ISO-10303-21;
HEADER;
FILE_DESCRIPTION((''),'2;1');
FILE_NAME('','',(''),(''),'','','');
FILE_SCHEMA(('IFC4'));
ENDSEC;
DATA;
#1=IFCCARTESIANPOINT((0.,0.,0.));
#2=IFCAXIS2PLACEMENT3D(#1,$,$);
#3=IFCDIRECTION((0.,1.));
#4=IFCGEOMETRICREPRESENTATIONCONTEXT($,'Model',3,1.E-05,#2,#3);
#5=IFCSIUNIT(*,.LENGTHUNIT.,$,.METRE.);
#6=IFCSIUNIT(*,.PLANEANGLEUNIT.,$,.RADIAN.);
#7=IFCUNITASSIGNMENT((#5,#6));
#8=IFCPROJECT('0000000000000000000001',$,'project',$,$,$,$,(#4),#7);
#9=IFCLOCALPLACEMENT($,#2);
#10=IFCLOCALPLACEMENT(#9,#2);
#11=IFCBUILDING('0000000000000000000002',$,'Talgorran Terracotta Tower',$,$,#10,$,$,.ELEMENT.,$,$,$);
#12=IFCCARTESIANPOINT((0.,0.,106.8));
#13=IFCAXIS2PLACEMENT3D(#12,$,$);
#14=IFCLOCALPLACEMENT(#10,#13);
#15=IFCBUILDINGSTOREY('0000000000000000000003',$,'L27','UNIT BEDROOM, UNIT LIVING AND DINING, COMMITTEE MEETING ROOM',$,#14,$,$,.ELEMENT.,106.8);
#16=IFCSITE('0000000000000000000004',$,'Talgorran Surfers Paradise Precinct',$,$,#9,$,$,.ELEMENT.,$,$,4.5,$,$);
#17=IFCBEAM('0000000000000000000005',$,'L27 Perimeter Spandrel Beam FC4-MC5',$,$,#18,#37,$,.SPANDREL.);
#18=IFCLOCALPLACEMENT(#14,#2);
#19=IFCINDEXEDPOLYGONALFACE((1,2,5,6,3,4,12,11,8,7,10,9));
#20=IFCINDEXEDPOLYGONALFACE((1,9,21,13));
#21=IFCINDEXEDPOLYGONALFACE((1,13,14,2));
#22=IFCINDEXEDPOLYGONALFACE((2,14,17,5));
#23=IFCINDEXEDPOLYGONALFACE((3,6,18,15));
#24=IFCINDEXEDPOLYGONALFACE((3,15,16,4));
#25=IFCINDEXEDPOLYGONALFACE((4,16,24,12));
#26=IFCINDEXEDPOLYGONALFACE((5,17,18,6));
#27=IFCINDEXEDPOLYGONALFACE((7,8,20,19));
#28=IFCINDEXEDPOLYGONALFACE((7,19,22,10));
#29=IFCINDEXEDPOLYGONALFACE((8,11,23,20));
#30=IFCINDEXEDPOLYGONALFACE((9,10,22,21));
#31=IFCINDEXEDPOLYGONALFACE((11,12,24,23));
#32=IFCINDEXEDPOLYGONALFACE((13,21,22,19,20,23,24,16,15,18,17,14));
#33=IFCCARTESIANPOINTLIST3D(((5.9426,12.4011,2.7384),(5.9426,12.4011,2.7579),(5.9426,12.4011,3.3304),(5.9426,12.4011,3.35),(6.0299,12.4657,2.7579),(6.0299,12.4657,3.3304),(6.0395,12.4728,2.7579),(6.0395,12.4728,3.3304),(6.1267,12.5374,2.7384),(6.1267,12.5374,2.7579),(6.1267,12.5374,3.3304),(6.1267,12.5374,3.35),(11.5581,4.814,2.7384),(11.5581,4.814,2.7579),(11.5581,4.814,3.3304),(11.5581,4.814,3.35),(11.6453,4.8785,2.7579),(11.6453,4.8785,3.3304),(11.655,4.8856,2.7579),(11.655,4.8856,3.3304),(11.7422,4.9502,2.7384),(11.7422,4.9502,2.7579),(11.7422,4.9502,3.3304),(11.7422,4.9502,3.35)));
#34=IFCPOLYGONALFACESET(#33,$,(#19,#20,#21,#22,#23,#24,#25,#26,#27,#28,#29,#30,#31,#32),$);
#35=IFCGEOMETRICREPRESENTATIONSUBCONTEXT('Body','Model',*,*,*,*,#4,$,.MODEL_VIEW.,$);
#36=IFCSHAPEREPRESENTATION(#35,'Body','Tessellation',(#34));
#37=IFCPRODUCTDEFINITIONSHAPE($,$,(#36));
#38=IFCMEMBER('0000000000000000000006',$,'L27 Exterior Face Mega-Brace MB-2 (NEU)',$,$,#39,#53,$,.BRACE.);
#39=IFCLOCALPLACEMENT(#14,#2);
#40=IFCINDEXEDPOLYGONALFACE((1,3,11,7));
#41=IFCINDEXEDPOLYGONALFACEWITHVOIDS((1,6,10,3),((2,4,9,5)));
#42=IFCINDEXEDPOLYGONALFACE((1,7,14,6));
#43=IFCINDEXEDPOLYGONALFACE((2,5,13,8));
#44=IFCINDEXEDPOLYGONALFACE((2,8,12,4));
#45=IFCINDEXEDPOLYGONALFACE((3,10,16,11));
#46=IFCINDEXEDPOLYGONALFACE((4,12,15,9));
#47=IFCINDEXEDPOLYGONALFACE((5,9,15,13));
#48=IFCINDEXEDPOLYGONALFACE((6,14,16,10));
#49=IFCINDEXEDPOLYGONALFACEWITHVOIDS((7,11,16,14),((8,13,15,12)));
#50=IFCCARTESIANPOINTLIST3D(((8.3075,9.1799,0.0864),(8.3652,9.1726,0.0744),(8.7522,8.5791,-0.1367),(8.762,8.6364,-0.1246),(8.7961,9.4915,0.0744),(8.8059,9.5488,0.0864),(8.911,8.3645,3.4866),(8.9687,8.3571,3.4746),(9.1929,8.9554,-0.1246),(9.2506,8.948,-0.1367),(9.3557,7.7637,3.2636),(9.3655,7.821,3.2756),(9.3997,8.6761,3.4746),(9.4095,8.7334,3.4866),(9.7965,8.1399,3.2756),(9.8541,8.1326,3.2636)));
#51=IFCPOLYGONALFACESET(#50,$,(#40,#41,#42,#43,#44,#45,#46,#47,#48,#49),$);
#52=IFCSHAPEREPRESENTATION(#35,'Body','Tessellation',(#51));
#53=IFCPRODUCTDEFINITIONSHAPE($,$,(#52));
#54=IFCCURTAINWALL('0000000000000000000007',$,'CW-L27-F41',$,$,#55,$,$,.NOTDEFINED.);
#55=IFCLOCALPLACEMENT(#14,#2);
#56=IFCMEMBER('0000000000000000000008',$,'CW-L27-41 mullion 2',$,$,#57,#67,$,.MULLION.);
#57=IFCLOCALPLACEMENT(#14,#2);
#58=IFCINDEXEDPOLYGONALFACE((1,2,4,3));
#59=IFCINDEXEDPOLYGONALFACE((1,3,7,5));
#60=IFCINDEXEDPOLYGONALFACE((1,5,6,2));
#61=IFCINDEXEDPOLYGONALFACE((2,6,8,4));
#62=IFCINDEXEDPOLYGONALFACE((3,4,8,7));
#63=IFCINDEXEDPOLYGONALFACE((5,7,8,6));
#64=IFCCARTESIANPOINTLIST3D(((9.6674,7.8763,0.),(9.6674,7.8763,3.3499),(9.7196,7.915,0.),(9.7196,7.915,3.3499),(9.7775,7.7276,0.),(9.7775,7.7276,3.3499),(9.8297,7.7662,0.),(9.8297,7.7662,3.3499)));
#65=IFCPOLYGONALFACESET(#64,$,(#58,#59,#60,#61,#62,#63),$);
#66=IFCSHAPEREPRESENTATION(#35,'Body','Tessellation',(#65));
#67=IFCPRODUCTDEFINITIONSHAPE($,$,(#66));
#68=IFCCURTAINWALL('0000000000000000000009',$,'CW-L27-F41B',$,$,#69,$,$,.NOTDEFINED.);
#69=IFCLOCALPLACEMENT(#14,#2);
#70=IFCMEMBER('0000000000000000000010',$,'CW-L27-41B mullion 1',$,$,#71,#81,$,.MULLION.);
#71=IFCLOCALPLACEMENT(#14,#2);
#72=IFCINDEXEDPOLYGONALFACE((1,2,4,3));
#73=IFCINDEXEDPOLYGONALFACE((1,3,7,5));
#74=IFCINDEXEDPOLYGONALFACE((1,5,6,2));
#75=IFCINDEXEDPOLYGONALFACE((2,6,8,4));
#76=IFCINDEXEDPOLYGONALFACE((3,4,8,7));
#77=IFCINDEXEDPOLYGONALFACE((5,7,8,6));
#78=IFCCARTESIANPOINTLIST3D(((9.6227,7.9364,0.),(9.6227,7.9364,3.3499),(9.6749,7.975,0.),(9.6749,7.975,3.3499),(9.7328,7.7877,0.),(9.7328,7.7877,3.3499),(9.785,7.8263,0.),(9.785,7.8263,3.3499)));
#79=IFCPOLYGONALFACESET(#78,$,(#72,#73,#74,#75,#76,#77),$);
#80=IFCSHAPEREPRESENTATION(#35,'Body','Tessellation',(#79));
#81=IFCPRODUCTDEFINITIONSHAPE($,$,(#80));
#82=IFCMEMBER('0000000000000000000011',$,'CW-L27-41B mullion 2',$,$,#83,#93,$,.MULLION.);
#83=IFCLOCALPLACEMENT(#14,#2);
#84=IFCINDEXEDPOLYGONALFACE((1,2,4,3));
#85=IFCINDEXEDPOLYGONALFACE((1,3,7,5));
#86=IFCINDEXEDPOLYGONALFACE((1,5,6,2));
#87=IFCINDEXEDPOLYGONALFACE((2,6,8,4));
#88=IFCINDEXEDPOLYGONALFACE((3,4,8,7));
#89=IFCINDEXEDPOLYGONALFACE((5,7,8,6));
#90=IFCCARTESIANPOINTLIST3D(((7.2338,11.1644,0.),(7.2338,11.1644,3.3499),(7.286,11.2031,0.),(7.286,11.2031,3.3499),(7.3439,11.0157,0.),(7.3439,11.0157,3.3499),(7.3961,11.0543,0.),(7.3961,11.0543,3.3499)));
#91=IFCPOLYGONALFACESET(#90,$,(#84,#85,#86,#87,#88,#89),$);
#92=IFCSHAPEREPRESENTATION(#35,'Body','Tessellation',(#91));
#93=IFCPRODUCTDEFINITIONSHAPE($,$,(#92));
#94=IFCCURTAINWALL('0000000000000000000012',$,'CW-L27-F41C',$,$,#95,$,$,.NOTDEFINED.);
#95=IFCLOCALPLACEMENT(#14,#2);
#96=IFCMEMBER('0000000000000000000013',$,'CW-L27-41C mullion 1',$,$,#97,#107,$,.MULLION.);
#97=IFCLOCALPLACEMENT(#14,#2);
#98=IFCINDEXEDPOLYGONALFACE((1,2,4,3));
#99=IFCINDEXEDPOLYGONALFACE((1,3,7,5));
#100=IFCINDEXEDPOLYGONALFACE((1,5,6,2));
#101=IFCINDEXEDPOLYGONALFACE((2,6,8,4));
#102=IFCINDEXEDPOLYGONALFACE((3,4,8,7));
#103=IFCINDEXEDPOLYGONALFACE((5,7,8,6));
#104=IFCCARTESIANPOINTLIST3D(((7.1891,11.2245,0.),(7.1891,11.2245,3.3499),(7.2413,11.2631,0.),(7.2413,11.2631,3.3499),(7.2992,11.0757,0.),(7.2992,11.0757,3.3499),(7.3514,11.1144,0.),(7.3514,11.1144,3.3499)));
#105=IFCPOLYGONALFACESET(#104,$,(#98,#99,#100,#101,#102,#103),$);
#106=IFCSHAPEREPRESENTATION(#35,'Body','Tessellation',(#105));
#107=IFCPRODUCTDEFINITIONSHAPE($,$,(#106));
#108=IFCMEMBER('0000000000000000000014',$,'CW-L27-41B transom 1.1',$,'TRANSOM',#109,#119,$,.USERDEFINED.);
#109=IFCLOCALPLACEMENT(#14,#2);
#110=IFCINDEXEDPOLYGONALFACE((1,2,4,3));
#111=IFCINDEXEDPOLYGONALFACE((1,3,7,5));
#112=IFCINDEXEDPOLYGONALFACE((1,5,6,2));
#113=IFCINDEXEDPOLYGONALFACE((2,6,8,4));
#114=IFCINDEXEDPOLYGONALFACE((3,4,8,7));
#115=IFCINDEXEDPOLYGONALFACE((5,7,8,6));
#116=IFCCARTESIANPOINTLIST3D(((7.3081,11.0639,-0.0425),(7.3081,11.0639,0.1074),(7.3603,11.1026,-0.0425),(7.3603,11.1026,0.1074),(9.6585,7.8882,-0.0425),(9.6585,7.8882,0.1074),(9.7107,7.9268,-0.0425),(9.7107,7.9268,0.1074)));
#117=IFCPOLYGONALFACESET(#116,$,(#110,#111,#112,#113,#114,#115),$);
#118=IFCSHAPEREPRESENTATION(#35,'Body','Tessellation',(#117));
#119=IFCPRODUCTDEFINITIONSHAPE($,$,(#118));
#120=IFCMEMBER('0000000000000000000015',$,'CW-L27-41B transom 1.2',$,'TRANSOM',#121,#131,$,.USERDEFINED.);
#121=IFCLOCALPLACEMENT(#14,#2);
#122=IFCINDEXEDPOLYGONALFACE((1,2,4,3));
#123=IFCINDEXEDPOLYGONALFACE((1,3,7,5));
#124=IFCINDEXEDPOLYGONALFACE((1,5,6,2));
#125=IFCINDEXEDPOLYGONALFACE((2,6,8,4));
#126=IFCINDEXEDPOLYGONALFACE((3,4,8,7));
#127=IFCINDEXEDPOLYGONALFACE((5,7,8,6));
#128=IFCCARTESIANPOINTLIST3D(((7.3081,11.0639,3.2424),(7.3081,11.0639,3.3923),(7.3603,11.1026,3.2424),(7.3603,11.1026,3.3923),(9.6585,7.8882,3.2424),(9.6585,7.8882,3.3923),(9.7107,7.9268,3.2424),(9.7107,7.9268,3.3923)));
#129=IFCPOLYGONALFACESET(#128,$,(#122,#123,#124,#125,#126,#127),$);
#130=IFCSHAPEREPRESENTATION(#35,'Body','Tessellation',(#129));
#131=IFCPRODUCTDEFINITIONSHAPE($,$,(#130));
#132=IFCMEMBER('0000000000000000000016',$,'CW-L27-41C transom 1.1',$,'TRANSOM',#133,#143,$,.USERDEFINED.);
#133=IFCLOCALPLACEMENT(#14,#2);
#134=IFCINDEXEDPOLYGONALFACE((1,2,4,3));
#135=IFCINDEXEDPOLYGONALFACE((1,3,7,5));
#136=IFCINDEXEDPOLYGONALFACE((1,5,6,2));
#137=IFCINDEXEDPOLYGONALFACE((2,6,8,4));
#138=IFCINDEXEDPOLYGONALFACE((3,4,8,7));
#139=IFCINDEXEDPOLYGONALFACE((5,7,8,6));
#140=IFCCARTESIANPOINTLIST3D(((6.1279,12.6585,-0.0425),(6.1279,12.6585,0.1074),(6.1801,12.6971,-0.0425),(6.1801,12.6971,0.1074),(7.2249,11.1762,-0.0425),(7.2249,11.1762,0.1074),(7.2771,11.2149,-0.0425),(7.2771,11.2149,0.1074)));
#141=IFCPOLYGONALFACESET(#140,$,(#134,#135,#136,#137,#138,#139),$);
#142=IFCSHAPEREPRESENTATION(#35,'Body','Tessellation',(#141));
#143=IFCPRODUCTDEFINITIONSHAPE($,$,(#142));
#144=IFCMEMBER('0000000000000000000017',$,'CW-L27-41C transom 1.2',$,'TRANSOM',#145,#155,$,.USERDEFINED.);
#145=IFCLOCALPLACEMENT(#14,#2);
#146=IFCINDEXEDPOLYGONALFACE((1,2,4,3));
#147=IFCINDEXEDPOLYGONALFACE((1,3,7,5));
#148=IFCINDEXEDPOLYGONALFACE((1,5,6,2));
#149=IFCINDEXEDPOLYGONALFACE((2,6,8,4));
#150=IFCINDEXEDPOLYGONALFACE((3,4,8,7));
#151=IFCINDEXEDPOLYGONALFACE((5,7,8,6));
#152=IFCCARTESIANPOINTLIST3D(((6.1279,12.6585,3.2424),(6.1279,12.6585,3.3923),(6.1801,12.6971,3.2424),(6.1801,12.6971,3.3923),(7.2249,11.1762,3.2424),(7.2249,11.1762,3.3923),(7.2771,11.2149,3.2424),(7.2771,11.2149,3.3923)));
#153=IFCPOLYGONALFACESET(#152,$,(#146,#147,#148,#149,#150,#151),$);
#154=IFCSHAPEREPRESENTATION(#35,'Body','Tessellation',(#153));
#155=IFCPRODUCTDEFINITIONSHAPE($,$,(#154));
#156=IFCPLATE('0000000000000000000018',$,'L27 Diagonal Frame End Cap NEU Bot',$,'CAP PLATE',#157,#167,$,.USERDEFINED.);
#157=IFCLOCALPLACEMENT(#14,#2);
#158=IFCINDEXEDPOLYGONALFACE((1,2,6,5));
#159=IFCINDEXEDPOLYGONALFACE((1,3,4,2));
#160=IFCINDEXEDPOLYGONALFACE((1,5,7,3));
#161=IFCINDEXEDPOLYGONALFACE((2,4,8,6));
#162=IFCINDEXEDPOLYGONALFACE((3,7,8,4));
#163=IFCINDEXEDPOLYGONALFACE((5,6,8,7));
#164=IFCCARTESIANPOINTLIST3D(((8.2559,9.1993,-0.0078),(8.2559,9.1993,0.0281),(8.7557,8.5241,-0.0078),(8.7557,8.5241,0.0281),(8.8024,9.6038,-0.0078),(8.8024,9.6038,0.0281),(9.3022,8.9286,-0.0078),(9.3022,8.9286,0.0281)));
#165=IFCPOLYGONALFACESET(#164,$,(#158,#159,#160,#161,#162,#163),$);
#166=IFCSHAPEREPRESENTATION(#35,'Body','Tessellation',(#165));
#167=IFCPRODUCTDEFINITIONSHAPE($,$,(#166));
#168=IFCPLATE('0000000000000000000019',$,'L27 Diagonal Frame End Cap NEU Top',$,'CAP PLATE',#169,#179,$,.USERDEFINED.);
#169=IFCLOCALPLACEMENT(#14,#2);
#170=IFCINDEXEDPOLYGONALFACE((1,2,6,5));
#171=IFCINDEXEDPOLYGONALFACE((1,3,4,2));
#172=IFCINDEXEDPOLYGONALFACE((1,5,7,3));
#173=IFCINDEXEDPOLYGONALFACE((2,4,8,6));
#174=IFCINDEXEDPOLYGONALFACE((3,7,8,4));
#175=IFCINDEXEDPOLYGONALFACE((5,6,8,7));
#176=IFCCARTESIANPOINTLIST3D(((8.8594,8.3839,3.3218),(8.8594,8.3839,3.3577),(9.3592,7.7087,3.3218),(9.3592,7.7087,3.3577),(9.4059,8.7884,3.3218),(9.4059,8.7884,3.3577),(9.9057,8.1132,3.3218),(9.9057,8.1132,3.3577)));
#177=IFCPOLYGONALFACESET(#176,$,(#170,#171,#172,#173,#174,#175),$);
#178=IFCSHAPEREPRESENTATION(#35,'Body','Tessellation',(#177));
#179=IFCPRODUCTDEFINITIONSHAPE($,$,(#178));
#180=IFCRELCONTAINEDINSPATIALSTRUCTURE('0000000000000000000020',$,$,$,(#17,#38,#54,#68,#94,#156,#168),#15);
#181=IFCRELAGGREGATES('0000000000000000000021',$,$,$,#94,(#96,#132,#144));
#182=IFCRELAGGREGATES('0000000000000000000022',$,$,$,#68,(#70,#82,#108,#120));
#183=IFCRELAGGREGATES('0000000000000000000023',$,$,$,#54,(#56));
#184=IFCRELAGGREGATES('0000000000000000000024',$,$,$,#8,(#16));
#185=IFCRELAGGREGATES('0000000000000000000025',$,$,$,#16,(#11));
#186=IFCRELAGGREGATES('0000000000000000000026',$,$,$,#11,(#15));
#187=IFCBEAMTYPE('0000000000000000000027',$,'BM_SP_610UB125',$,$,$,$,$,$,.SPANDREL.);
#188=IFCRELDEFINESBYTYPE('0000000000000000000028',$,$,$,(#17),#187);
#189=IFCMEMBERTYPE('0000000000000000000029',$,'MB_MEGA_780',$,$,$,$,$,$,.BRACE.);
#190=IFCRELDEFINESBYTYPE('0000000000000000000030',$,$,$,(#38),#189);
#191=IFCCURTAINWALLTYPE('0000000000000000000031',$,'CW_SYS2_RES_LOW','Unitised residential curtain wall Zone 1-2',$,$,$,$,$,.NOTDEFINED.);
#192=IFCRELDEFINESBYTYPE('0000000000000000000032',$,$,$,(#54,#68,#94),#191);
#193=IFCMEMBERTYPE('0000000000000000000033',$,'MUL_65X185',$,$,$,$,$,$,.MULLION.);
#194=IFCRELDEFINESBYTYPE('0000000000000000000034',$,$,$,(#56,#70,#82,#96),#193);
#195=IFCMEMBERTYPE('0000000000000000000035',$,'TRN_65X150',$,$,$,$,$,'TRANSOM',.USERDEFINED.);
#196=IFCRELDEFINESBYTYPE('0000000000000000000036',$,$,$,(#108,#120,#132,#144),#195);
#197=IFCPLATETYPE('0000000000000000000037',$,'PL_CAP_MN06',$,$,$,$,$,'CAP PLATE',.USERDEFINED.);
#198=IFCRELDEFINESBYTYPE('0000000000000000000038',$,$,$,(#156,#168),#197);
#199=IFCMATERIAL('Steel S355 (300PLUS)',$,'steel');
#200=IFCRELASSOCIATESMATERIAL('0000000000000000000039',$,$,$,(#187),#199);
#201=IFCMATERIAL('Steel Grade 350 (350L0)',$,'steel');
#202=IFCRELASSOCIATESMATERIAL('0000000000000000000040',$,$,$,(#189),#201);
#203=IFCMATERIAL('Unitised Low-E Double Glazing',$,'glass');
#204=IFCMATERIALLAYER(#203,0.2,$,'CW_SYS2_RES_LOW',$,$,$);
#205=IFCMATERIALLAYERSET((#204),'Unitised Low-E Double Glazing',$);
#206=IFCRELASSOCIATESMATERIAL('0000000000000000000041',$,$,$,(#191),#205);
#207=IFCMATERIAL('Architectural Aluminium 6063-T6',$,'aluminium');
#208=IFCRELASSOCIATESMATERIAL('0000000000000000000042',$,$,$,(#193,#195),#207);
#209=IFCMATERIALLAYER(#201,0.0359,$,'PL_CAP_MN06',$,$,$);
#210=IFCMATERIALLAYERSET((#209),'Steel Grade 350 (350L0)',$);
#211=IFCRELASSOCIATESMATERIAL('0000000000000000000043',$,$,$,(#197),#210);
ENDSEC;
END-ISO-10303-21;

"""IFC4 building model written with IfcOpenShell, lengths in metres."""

from ifc_helpers import new_model, si_unit, direction, frame, origin, origin_2d, place, context, subcontext, project, spatial, rectangle, hollow_rectangle, i_section, extrude, material, layer, layer_set, material_profile, profile_set, type_object, element, aggregate, save


model = new_model("IFC4")

# Units and contexts
model_context = context("Model", 3, precision=1e-05, world=origin(), true_north=direction((0.0, 1.0)))
body_context = subcontext(model_context, "Body", "Model", "MODEL_VIEW")
ifc_project = project(units=[si_unit("LENGTHUNIT", "METRE"), si_unit("PLANEANGLEUNIT", "RADIAN")], contexts=[model_context])

# Site, building, storey
site_placement = place(None, origin())
site = spatial("IfcSite", under=ifc_project, at=site_placement, Name="Talgorran Surfers Paradise Precinct", CompositionType="ELEMENT", RefElevation=4.5)
building_placement = place(site_placement, origin())
building = spatial("IfcBuilding", under=site, at=building_placement, Name="Talgorran Terracotta Tower", CompositionType="ELEMENT")
storey_placement = place(building_placement, frame((0.0, 0.0, 106.8)))
storey = spatial("IfcBuildingStorey", under=building, at=storey_placement, Name="L27", Description="UNIT BEDROOM, UNIT LIVING AND DINING, COMMITTEE MEETING ROOM", CompositionType="ELEMENT", Elevation=106.8)

# Beam
ifc_material_1 = material(Name="Steel S355 (300PLUS)", Category="steel")
ifc_material_profile_1 = material_profile(ifc_material_1, i_section(OverallWidth=0.229, OverallDepth=0.6116, WebThickness=0.012, FlangeThickness=0.0195, at=origin_2d()), Name="610UB125")
ifc_profile_set_1 = profile_set([ifc_material_profile_1], Name="Steel S355 (300PLUS)")
beam_type = type_object("IfcBeamType", Name="BM_SP_610UB125", PredefinedType="SPANDREL", material=ifc_profile_set_1)
beam_placement = place(storey_placement, frame((11.6501, 4.8821, 3.0442), z_axis=(-0.59491, 0.803792, 0.0), x_axis=(-0.803792, -0.59491, 0.0)))
element("IfcBeam", 1, at=beam_placement, inside=storey, type_object=beam_type, Name="L27 Perimeter Spandrel Beam FC4-MC5", PredefinedType="SPANDREL", context=body_context, shape_type="SweptSolid", body=[
    extrude(i_section(OverallWidth=0.229, OverallDepth=0.6116, WebThickness=0.012, FlangeThickness=0.0195, at=origin_2d()), origin(), (0.0, 0.0, 1.0), 9.4392),
])

# Member
ifc_material_2 = material(Name="Steel Grade 350 (350L0)", Category="steel")
ifc_material_profile_2 = material_profile(ifc_material_2, hollow_rectangle(XDim=0.6201, YDim=0.78, WallThickness=0.042, at=origin_2d()), Name="WBOX780X620X42")
ifc_profile_set_2 = profile_set([ifc_material_profile_2], Name="Steel Grade 350 (350L0)")
member_type_1 = type_object("IfcMemberType", Name="MB_MEGA_780", PredefinedType="BRACE", material=ifc_profile_set_2)
member_1_placement = place(storey_placement, frame((8.7791, 9.064, -0.0251), z_axis=(0.170088, -0.229811, 0.958257), x_axis=(0.803796, 0.594905, 0.0)))
element("IfcMember", 2, at=member_1_placement, inside=storey, type_object=member_type_1, Name="L27 Exterior Face Mega-Brace MB-2 (NEU)", PredefinedType="BRACE", context=body_context, shape_type="SweptSolid", body=[
    extrude(hollow_rectangle(XDim=0.6201, YDim=0.78, WallThickness=0.042, at=origin_2d()), origin(), (0.0, 0.0, 1.0), 3.5483),
])

# Curtain wall, member
ifc_material_3 = material(Name="Unitised Low-E Double Glazing", Category="glass")
ifc_layer_1 = layer(ifc_material_3, 0.2, Name="CW_SYS2_RES_LOW")
ifc_layer_set_1 = layer_set([ifc_layer_1], Name="Unitised Low-E Double Glazing")
curtain_wall_type = type_object("IfcCurtainWallType", Name="CW_SYS2_RES_LOW", Description="Unitised residential curtain wall Zone 1-2", PredefinedType="NOTDEFINED", material=ifc_layer_set_1)
curtain_wall_1_placement = place(storey_placement, origin())
curtain_wall_1 = element("IfcCurtainWall", 3, at=curtain_wall_1_placement, inside=storey, type_object=curtain_wall_type, Name="CW-L27-F41", PredefinedType="NOTDEFINED")
ifc_material_4 = material(Name="Architectural Aluminium 6063-T6", Category="aluminium")
ifc_material_profile_3 = material_profile(ifc_material_4, rectangle(XDim=0.0649, YDim=0.1851, at=origin_2d()), Name="CWM65X185")
ifc_profile_set_3 = profile_set([ifc_material_profile_3], Name="Architectural Aluminium 6063-T6")
member_type_2 = type_object("IfcMemberType", Name="MUL_65X185", PredefinedType="MULLION", material=ifc_profile_set_3)
member_2_placement = place(storey_placement, frame((9.7485, 7.8213, 0.0), z_axis=(0.0, 0.0, 1.0), x_axis=(-0.803793, -0.59491, 0.0)))
member_2 = element("IfcMember", 4, at=member_2_placement, type_object=member_type_2, Name="CW-L27-41 mullion 2", PredefinedType="MULLION", context=body_context, shape_type="SweptSolid", body=[
    extrude(rectangle(XDim=0.0649, YDim=0.1851, at=origin_2d()), origin(), (0.0, 0.0, 1.0), 3.3499),
])

# Curtain wall, members
curtain_wall_2_placement = place(storey_placement, origin())
curtain_wall_2 = element("IfcCurtainWall", 5, at=curtain_wall_2_placement, inside=storey, type_object=curtain_wall_type, Name="CW-L27-F41B", PredefinedType="NOTDEFINED")
member_3_placement = place(storey_placement, frame((9.7039, 7.8813, 0.0), z_axis=(0.0, 0.0, 1.0), x_axis=(-0.803792, -0.59491, 0.0)))
member_3 = element("IfcMember", 6, at=member_3_placement, type_object=member_type_2, Name="CW-L27-41B mullion 1", PredefinedType="MULLION", context=body_context, shape_type="SweptSolid", body=[
    extrude(rectangle(XDim=0.0649, YDim=0.1851, at=origin_2d()), origin(), (0.0, 0.0, 1.0), 3.3499),
])
member_4_placement = place(storey_placement, frame((7.3149, 11.1094, 0.0), z_axis=(0.0, 0.0, 1.0), x_axis=(-0.803792, -0.59491, 0.0)))
member_4 = element("IfcMember", 7, at=member_4_placement, type_object=member_type_2, Name="CW-L27-41B mullion 2", PredefinedType="MULLION", context=body_context, shape_type="SweptSolid", body=[
    extrude(rectangle(XDim=0.0649, YDim=0.1851, at=origin_2d()), origin(), (0.0, 0.0, 1.0), 3.3499),
])

# Curtain wall, member
curtain_wall_3_placement = place(storey_placement, origin())
curtain_wall_3 = element("IfcCurtainWall", 8, at=curtain_wall_3_placement, inside=storey, type_object=curtain_wall_type, Name="CW-L27-F41C", PredefinedType="NOTDEFINED")
member_5_placement = place(storey_placement, frame((7.2703, 11.1694, 0.0), z_axis=(0.0, 0.0, 1.0), x_axis=(-0.80379, -0.594914, 0.0)))
member_5 = element("IfcMember", 9, at=member_5_placement, type_object=member_type_2, Name="CW-L27-41C mullion 1", PredefinedType="MULLION", context=body_context, shape_type="SweptSolid", body=[
    extrude(rectangle(XDim=0.0649, YDim=0.1851, at=origin_2d()), origin(), (0.0, 0.0, 1.0), 3.3499),
])

# Members
ifc_material_profile_4 = material_profile(ifc_material_4, rectangle(XDim=0.0649, YDim=0.1499, at=origin_2d()), Name="CWT65X150")
ifc_profile_set_4 = profile_set([ifc_material_profile_4], Name="Architectural Aluminium 6063-T6")
member_type_3 = type_object("IfcMemberType", Name="TRN_65X150", ElementType="TRANSOM", PredefinedType="USERDEFINED", material=ifc_profile_set_4)
member_6_placement = place(storey_placement, frame((9.6846, 7.9075, 0.0325), z_axis=(-0.594886, 0.80381, 0.0), x_axis=(-0.80381, -0.594886, 0.0)))
member_6 = element("IfcMember", 10, at=member_6_placement, type_object=member_type_3, Name="CW-L27-41B transom 1.1", ObjectType="TRANSOM", PredefinedType="USERDEFINED", context=body_context, shape_type="SweptSolid", body=[
    extrude(rectangle(XDim=0.0649, YDim=0.1499, at=origin_2d()), origin(), (0.0, 0.0, 1.0), 3.9509),
])
member_7_placement = place(storey_placement, frame((9.6846, 7.9075, 3.3174), z_axis=(-0.594886, 0.80381, 0.0), x_axis=(-0.80381, -0.594886, 0.0)))
member_7 = element("IfcMember", 11, at=member_7_placement, type_object=member_type_3, Name="CW-L27-41B transom 1.2", ObjectType="TRANSOM", PredefinedType="USERDEFINED", context=body_context, shape_type="SweptSolid", body=[
    extrude(rectangle(XDim=0.0649, YDim=0.1499, at=origin_2d()), origin(), (0.0, 0.0, 1.0), 3.9509),
])
member_8_placement = place(storey_placement, frame((7.251, 11.1956, 0.0325), z_axis=(-0.594882, 0.803813, 0.0), x_axis=(-0.803813, -0.594882, 0.0)))
member_8 = element("IfcMember", 12, at=member_8_placement, type_object=member_type_3, Name="CW-L27-41C transom 1.1", ObjectType="TRANSOM", PredefinedType="USERDEFINED", context=body_context, shape_type="SweptSolid", body=[
    extrude(rectangle(XDim=0.0649, YDim=0.1499, at=origin_2d()), origin(), (0.0, 0.0, 1.0), 1.844),
])
member_9_placement = place(storey_placement, frame((7.251, 11.1956, 3.3174), z_axis=(-0.594882, 0.803813, 0.0), x_axis=(-0.803813, -0.594882, 0.0)))
member_9 = element("IfcMember", 13, at=member_9_placement, type_object=member_type_3, Name="CW-L27-41C transom 1.2", ObjectType="TRANSOM", PredefinedType="USERDEFINED", context=body_context, shape_type="SweptSolid", body=[
    extrude(rectangle(XDim=0.0649, YDim=0.1499, at=origin_2d()), origin(), (0.0, 0.0, 1.0), 1.844),
])
aggregate(curtain_wall_3, [member_5, member_8, member_9])

# Plates
ifc_layer_2 = layer(ifc_material_2, 0.0359, Name="PL_CAP_MN06")
ifc_layer_set_2 = layer_set([ifc_layer_2], Name="Steel Grade 350 (350L0)")
plate_type_1 = type_object("IfcPlateType", Name="PL_CAP_MN06", ElementType="CAP PLATE", PredefinedType="USERDEFINED", material=ifc_layer_set_2)
for number, where, z_axis, x_axis, name in (
    (14, (8.7791, 9.064, -0.0078), (0.0, 0.0, 1.0), (0.594963, -0.803753, 0.0), "L27 Diagonal Frame End Cap NEU Bot"),
    (15, (9.3826, 8.2485, 3.3218), (0.0, 0.0, 1.0), (0.594963, -0.803753, 0.0), "L27 Diagonal Frame End Cap NEU Top"),
):
    element("IfcPlate", number, at=place(storey_placement, frame(where, z_axis=z_axis, x_axis=x_axis)), inside=storey, type_object=plate_type_1, Name=name, ObjectType="CAP PLATE", PredefinedType="USERDEFINED", context=body_context, shape_type="SweptSolid", body=[
        extrude(rectangle(XDim=0.8401, YDim=0.6799, at=origin_2d()), origin(), (0.0, 0.0, 1.0), 0.0359),
    ])

aggregate(curtain_wall_2, [member_3, member_4, member_6, member_7])
aggregate(curtain_wall_1, [member_2])

save(model, "model.ifc")
